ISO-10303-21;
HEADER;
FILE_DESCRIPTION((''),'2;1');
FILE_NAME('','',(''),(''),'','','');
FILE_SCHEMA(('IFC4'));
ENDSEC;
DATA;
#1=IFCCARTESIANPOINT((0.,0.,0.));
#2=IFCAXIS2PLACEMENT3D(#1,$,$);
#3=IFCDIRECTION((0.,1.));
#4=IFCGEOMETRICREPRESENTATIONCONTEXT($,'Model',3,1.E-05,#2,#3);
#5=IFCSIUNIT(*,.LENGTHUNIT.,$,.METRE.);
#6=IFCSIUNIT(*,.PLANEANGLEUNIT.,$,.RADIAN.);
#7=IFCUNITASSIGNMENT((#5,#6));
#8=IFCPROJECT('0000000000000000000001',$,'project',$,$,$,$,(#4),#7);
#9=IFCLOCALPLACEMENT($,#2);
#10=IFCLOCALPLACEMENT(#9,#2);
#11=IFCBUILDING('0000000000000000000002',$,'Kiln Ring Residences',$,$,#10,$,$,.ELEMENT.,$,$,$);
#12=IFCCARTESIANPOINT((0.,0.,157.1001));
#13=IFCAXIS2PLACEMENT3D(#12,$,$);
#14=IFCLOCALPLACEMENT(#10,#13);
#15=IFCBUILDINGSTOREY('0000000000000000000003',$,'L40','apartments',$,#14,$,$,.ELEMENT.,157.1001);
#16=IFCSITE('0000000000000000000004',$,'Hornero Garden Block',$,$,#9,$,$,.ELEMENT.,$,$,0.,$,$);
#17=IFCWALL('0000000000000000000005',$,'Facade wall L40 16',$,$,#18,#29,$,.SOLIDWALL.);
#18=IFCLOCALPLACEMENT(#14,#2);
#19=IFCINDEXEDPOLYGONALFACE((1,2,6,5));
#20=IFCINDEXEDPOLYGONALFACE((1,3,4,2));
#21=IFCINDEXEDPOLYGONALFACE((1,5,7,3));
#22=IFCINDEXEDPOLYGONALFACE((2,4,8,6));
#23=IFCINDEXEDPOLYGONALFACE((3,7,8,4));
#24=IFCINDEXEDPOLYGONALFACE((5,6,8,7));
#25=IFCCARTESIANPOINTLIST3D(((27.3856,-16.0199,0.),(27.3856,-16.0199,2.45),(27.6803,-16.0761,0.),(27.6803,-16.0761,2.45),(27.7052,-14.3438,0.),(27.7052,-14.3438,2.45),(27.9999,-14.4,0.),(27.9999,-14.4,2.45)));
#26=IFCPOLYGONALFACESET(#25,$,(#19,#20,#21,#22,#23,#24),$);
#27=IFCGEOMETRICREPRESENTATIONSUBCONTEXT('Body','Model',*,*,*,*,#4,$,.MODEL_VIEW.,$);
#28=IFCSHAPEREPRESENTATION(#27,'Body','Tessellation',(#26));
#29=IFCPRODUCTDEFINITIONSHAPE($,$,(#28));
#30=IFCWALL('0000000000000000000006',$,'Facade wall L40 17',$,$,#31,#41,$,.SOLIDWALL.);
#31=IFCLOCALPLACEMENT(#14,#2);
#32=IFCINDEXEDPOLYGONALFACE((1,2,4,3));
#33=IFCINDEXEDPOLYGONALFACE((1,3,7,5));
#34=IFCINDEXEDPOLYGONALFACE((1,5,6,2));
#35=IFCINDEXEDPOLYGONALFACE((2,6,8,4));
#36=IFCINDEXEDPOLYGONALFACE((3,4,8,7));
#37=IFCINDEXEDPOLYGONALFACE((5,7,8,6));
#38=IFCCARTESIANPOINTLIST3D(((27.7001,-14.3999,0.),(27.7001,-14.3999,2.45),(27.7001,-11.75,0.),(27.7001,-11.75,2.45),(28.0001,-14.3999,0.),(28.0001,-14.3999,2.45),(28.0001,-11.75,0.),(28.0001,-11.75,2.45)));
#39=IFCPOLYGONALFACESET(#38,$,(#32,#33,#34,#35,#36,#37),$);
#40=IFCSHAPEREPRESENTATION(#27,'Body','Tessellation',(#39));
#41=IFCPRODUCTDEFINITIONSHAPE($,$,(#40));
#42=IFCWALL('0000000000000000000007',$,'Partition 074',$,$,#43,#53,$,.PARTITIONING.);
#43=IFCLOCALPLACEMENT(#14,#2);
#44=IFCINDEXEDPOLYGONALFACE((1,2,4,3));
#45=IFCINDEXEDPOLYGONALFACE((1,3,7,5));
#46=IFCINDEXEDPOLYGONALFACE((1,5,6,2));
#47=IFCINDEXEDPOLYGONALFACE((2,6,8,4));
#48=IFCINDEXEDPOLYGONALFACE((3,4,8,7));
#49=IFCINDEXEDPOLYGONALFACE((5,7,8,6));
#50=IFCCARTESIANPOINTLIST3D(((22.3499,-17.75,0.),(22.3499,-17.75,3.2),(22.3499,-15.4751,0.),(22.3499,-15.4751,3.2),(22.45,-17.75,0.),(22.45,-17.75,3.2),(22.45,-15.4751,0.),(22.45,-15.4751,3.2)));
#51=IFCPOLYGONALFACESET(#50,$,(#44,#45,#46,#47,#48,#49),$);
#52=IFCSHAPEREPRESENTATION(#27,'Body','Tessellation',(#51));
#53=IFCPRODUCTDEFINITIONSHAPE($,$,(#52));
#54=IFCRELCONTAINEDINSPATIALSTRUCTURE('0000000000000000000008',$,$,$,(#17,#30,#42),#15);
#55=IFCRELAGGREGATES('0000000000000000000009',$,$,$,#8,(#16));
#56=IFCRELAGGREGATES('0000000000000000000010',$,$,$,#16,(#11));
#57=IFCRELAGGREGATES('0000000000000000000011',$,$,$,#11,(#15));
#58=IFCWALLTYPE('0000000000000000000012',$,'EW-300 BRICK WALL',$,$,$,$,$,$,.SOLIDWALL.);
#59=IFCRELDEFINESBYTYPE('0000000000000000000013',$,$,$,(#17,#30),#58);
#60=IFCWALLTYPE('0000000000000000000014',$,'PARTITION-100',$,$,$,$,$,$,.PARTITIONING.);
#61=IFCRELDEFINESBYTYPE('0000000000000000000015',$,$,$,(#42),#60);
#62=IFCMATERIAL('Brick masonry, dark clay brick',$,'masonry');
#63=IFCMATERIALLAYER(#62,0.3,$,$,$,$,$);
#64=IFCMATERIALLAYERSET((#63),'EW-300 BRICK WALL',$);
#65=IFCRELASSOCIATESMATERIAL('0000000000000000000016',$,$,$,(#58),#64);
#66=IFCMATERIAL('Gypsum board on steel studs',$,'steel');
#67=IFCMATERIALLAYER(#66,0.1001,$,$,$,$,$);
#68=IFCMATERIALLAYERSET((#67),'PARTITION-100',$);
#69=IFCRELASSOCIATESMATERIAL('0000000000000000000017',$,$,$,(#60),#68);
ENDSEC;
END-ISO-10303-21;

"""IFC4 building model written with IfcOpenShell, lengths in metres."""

from ifc_helpers import new_model, si_unit, direction, frame, frame_2d, origin, place, context, subcontext, project, spatial, rectangle, extrude, material, layer, layer_set, type_object, element, save


model = new_model("IFC4")

# Units and contexts
model_context = context("Model", 3, precision=1e-05, world=origin(), true_north=direction((0.0, 1.0)))
body_context = subcontext(model_context, "Body", "Model", "MODEL_VIEW")
ifc_project = project(units=[si_unit("LENGTHUNIT", "METRE"), si_unit("PLANEANGLEUNIT", "RADIAN")], contexts=[model_context])

# Site, building, storey
site_placement = place(None, origin())
site = spatial("IfcSite", under=ifc_project, at=site_placement, Name="Hornero Garden Block", CompositionType="ELEMENT", RefElevation=0.0)
building_placement = place(site_placement, origin())
building = spatial("IfcBuilding", under=site, at=building_placement, Name="Kiln Ring Residences", CompositionType="ELEMENT")
storey_placement = place(building_placement, frame((0.0, 0.0, 157.1001)))
storey = spatial("IfcBuildingStorey", under=building, at=storey_placement, Name="L40", Description="apartments", CompositionType="ELEMENT", Elevation=157.1001)

# Walls
ifc_material_1 = material(Name="Brick masonry, dark clay brick", Category="masonry")
ifc_layer_1 = layer(ifc_material_1, 0.3)
ifc_layer_set_1 = layer_set([ifc_layer_1], Name="EW-300 BRICK WALL")
wall_type_1 = type_object("IfcWallType", Name="EW-300 BRICK WALL", PredefinedType="SOLIDWALL", material=ifc_layer_set_1)
wall_1_placement = place(storey_placement, frame((27.533, -16.0479, 0.0), z_axis=(0.0, 0.0, 1.0), x_axis=(0.187303, 0.982302, 0.0)))
element("IfcWall", 1, at=wall_1_placement, inside=storey, type_object=wall_type_1, Name="Facade wall L40 16", PredefinedType="SOLIDWALL", context=body_context, shape_type="SweptSolid", body=[
    extrude(rectangle(XDim=1.7063, YDim=0.3, at=frame_2d((0.853, 0.0))), origin(), (0.0, 0.0, 1.0), 2.45),
])
wall_2_placement = place(storey_placement, frame((27.8501, -14.3999, 0.0), z_axis=(0.0, 0.0, 1.0), x_axis=(0.0, 1.0, 0.0)))
element("IfcWall", 2, at=wall_2_placement, inside=storey, type_object=wall_type_1, Name="Facade wall L40 17", PredefinedType="SOLIDWALL", context=body_context, shape_type="SweptSolid", body=[
    extrude(rectangle(XDim=2.6499, YDim=0.3, at=frame_2d((1.325, 0.0))), origin(), (0.0, 0.0, 1.0), 2.45),
])
ifc_material_2 = material(Name="Gypsum board on steel studs", Category="steel")
ifc_layer_2 = layer(ifc_material_2, 0.1001)
ifc_layer_set_2 = layer_set([ifc_layer_2], Name="PARTITION-100")
wall_type_2 = type_object("IfcWallType", Name="PARTITION-100", PredefinedType="PARTITIONING", material=ifc_layer_set_2)
wall_3_placement = place(storey_placement, frame((22.3999, -17.75, 0.0), z_axis=(0.0, 0.0, 1.0), x_axis=(0.0, 1.0, 0.0)))
element("IfcWall", 3, at=wall_3_placement, inside=storey, type_object=wall_type_2, Name="Partition 074", PredefinedType="PARTITIONING", context=body_context, shape_type="SweptSolid", body=[
    extrude(rectangle(XDim=2.2749, YDim=0.1001, at=frame_2d((1.1375, 0.0))), origin(), (0.0, 0.0, 1.0), 3.2),
])

save(model, "model.ifc")
